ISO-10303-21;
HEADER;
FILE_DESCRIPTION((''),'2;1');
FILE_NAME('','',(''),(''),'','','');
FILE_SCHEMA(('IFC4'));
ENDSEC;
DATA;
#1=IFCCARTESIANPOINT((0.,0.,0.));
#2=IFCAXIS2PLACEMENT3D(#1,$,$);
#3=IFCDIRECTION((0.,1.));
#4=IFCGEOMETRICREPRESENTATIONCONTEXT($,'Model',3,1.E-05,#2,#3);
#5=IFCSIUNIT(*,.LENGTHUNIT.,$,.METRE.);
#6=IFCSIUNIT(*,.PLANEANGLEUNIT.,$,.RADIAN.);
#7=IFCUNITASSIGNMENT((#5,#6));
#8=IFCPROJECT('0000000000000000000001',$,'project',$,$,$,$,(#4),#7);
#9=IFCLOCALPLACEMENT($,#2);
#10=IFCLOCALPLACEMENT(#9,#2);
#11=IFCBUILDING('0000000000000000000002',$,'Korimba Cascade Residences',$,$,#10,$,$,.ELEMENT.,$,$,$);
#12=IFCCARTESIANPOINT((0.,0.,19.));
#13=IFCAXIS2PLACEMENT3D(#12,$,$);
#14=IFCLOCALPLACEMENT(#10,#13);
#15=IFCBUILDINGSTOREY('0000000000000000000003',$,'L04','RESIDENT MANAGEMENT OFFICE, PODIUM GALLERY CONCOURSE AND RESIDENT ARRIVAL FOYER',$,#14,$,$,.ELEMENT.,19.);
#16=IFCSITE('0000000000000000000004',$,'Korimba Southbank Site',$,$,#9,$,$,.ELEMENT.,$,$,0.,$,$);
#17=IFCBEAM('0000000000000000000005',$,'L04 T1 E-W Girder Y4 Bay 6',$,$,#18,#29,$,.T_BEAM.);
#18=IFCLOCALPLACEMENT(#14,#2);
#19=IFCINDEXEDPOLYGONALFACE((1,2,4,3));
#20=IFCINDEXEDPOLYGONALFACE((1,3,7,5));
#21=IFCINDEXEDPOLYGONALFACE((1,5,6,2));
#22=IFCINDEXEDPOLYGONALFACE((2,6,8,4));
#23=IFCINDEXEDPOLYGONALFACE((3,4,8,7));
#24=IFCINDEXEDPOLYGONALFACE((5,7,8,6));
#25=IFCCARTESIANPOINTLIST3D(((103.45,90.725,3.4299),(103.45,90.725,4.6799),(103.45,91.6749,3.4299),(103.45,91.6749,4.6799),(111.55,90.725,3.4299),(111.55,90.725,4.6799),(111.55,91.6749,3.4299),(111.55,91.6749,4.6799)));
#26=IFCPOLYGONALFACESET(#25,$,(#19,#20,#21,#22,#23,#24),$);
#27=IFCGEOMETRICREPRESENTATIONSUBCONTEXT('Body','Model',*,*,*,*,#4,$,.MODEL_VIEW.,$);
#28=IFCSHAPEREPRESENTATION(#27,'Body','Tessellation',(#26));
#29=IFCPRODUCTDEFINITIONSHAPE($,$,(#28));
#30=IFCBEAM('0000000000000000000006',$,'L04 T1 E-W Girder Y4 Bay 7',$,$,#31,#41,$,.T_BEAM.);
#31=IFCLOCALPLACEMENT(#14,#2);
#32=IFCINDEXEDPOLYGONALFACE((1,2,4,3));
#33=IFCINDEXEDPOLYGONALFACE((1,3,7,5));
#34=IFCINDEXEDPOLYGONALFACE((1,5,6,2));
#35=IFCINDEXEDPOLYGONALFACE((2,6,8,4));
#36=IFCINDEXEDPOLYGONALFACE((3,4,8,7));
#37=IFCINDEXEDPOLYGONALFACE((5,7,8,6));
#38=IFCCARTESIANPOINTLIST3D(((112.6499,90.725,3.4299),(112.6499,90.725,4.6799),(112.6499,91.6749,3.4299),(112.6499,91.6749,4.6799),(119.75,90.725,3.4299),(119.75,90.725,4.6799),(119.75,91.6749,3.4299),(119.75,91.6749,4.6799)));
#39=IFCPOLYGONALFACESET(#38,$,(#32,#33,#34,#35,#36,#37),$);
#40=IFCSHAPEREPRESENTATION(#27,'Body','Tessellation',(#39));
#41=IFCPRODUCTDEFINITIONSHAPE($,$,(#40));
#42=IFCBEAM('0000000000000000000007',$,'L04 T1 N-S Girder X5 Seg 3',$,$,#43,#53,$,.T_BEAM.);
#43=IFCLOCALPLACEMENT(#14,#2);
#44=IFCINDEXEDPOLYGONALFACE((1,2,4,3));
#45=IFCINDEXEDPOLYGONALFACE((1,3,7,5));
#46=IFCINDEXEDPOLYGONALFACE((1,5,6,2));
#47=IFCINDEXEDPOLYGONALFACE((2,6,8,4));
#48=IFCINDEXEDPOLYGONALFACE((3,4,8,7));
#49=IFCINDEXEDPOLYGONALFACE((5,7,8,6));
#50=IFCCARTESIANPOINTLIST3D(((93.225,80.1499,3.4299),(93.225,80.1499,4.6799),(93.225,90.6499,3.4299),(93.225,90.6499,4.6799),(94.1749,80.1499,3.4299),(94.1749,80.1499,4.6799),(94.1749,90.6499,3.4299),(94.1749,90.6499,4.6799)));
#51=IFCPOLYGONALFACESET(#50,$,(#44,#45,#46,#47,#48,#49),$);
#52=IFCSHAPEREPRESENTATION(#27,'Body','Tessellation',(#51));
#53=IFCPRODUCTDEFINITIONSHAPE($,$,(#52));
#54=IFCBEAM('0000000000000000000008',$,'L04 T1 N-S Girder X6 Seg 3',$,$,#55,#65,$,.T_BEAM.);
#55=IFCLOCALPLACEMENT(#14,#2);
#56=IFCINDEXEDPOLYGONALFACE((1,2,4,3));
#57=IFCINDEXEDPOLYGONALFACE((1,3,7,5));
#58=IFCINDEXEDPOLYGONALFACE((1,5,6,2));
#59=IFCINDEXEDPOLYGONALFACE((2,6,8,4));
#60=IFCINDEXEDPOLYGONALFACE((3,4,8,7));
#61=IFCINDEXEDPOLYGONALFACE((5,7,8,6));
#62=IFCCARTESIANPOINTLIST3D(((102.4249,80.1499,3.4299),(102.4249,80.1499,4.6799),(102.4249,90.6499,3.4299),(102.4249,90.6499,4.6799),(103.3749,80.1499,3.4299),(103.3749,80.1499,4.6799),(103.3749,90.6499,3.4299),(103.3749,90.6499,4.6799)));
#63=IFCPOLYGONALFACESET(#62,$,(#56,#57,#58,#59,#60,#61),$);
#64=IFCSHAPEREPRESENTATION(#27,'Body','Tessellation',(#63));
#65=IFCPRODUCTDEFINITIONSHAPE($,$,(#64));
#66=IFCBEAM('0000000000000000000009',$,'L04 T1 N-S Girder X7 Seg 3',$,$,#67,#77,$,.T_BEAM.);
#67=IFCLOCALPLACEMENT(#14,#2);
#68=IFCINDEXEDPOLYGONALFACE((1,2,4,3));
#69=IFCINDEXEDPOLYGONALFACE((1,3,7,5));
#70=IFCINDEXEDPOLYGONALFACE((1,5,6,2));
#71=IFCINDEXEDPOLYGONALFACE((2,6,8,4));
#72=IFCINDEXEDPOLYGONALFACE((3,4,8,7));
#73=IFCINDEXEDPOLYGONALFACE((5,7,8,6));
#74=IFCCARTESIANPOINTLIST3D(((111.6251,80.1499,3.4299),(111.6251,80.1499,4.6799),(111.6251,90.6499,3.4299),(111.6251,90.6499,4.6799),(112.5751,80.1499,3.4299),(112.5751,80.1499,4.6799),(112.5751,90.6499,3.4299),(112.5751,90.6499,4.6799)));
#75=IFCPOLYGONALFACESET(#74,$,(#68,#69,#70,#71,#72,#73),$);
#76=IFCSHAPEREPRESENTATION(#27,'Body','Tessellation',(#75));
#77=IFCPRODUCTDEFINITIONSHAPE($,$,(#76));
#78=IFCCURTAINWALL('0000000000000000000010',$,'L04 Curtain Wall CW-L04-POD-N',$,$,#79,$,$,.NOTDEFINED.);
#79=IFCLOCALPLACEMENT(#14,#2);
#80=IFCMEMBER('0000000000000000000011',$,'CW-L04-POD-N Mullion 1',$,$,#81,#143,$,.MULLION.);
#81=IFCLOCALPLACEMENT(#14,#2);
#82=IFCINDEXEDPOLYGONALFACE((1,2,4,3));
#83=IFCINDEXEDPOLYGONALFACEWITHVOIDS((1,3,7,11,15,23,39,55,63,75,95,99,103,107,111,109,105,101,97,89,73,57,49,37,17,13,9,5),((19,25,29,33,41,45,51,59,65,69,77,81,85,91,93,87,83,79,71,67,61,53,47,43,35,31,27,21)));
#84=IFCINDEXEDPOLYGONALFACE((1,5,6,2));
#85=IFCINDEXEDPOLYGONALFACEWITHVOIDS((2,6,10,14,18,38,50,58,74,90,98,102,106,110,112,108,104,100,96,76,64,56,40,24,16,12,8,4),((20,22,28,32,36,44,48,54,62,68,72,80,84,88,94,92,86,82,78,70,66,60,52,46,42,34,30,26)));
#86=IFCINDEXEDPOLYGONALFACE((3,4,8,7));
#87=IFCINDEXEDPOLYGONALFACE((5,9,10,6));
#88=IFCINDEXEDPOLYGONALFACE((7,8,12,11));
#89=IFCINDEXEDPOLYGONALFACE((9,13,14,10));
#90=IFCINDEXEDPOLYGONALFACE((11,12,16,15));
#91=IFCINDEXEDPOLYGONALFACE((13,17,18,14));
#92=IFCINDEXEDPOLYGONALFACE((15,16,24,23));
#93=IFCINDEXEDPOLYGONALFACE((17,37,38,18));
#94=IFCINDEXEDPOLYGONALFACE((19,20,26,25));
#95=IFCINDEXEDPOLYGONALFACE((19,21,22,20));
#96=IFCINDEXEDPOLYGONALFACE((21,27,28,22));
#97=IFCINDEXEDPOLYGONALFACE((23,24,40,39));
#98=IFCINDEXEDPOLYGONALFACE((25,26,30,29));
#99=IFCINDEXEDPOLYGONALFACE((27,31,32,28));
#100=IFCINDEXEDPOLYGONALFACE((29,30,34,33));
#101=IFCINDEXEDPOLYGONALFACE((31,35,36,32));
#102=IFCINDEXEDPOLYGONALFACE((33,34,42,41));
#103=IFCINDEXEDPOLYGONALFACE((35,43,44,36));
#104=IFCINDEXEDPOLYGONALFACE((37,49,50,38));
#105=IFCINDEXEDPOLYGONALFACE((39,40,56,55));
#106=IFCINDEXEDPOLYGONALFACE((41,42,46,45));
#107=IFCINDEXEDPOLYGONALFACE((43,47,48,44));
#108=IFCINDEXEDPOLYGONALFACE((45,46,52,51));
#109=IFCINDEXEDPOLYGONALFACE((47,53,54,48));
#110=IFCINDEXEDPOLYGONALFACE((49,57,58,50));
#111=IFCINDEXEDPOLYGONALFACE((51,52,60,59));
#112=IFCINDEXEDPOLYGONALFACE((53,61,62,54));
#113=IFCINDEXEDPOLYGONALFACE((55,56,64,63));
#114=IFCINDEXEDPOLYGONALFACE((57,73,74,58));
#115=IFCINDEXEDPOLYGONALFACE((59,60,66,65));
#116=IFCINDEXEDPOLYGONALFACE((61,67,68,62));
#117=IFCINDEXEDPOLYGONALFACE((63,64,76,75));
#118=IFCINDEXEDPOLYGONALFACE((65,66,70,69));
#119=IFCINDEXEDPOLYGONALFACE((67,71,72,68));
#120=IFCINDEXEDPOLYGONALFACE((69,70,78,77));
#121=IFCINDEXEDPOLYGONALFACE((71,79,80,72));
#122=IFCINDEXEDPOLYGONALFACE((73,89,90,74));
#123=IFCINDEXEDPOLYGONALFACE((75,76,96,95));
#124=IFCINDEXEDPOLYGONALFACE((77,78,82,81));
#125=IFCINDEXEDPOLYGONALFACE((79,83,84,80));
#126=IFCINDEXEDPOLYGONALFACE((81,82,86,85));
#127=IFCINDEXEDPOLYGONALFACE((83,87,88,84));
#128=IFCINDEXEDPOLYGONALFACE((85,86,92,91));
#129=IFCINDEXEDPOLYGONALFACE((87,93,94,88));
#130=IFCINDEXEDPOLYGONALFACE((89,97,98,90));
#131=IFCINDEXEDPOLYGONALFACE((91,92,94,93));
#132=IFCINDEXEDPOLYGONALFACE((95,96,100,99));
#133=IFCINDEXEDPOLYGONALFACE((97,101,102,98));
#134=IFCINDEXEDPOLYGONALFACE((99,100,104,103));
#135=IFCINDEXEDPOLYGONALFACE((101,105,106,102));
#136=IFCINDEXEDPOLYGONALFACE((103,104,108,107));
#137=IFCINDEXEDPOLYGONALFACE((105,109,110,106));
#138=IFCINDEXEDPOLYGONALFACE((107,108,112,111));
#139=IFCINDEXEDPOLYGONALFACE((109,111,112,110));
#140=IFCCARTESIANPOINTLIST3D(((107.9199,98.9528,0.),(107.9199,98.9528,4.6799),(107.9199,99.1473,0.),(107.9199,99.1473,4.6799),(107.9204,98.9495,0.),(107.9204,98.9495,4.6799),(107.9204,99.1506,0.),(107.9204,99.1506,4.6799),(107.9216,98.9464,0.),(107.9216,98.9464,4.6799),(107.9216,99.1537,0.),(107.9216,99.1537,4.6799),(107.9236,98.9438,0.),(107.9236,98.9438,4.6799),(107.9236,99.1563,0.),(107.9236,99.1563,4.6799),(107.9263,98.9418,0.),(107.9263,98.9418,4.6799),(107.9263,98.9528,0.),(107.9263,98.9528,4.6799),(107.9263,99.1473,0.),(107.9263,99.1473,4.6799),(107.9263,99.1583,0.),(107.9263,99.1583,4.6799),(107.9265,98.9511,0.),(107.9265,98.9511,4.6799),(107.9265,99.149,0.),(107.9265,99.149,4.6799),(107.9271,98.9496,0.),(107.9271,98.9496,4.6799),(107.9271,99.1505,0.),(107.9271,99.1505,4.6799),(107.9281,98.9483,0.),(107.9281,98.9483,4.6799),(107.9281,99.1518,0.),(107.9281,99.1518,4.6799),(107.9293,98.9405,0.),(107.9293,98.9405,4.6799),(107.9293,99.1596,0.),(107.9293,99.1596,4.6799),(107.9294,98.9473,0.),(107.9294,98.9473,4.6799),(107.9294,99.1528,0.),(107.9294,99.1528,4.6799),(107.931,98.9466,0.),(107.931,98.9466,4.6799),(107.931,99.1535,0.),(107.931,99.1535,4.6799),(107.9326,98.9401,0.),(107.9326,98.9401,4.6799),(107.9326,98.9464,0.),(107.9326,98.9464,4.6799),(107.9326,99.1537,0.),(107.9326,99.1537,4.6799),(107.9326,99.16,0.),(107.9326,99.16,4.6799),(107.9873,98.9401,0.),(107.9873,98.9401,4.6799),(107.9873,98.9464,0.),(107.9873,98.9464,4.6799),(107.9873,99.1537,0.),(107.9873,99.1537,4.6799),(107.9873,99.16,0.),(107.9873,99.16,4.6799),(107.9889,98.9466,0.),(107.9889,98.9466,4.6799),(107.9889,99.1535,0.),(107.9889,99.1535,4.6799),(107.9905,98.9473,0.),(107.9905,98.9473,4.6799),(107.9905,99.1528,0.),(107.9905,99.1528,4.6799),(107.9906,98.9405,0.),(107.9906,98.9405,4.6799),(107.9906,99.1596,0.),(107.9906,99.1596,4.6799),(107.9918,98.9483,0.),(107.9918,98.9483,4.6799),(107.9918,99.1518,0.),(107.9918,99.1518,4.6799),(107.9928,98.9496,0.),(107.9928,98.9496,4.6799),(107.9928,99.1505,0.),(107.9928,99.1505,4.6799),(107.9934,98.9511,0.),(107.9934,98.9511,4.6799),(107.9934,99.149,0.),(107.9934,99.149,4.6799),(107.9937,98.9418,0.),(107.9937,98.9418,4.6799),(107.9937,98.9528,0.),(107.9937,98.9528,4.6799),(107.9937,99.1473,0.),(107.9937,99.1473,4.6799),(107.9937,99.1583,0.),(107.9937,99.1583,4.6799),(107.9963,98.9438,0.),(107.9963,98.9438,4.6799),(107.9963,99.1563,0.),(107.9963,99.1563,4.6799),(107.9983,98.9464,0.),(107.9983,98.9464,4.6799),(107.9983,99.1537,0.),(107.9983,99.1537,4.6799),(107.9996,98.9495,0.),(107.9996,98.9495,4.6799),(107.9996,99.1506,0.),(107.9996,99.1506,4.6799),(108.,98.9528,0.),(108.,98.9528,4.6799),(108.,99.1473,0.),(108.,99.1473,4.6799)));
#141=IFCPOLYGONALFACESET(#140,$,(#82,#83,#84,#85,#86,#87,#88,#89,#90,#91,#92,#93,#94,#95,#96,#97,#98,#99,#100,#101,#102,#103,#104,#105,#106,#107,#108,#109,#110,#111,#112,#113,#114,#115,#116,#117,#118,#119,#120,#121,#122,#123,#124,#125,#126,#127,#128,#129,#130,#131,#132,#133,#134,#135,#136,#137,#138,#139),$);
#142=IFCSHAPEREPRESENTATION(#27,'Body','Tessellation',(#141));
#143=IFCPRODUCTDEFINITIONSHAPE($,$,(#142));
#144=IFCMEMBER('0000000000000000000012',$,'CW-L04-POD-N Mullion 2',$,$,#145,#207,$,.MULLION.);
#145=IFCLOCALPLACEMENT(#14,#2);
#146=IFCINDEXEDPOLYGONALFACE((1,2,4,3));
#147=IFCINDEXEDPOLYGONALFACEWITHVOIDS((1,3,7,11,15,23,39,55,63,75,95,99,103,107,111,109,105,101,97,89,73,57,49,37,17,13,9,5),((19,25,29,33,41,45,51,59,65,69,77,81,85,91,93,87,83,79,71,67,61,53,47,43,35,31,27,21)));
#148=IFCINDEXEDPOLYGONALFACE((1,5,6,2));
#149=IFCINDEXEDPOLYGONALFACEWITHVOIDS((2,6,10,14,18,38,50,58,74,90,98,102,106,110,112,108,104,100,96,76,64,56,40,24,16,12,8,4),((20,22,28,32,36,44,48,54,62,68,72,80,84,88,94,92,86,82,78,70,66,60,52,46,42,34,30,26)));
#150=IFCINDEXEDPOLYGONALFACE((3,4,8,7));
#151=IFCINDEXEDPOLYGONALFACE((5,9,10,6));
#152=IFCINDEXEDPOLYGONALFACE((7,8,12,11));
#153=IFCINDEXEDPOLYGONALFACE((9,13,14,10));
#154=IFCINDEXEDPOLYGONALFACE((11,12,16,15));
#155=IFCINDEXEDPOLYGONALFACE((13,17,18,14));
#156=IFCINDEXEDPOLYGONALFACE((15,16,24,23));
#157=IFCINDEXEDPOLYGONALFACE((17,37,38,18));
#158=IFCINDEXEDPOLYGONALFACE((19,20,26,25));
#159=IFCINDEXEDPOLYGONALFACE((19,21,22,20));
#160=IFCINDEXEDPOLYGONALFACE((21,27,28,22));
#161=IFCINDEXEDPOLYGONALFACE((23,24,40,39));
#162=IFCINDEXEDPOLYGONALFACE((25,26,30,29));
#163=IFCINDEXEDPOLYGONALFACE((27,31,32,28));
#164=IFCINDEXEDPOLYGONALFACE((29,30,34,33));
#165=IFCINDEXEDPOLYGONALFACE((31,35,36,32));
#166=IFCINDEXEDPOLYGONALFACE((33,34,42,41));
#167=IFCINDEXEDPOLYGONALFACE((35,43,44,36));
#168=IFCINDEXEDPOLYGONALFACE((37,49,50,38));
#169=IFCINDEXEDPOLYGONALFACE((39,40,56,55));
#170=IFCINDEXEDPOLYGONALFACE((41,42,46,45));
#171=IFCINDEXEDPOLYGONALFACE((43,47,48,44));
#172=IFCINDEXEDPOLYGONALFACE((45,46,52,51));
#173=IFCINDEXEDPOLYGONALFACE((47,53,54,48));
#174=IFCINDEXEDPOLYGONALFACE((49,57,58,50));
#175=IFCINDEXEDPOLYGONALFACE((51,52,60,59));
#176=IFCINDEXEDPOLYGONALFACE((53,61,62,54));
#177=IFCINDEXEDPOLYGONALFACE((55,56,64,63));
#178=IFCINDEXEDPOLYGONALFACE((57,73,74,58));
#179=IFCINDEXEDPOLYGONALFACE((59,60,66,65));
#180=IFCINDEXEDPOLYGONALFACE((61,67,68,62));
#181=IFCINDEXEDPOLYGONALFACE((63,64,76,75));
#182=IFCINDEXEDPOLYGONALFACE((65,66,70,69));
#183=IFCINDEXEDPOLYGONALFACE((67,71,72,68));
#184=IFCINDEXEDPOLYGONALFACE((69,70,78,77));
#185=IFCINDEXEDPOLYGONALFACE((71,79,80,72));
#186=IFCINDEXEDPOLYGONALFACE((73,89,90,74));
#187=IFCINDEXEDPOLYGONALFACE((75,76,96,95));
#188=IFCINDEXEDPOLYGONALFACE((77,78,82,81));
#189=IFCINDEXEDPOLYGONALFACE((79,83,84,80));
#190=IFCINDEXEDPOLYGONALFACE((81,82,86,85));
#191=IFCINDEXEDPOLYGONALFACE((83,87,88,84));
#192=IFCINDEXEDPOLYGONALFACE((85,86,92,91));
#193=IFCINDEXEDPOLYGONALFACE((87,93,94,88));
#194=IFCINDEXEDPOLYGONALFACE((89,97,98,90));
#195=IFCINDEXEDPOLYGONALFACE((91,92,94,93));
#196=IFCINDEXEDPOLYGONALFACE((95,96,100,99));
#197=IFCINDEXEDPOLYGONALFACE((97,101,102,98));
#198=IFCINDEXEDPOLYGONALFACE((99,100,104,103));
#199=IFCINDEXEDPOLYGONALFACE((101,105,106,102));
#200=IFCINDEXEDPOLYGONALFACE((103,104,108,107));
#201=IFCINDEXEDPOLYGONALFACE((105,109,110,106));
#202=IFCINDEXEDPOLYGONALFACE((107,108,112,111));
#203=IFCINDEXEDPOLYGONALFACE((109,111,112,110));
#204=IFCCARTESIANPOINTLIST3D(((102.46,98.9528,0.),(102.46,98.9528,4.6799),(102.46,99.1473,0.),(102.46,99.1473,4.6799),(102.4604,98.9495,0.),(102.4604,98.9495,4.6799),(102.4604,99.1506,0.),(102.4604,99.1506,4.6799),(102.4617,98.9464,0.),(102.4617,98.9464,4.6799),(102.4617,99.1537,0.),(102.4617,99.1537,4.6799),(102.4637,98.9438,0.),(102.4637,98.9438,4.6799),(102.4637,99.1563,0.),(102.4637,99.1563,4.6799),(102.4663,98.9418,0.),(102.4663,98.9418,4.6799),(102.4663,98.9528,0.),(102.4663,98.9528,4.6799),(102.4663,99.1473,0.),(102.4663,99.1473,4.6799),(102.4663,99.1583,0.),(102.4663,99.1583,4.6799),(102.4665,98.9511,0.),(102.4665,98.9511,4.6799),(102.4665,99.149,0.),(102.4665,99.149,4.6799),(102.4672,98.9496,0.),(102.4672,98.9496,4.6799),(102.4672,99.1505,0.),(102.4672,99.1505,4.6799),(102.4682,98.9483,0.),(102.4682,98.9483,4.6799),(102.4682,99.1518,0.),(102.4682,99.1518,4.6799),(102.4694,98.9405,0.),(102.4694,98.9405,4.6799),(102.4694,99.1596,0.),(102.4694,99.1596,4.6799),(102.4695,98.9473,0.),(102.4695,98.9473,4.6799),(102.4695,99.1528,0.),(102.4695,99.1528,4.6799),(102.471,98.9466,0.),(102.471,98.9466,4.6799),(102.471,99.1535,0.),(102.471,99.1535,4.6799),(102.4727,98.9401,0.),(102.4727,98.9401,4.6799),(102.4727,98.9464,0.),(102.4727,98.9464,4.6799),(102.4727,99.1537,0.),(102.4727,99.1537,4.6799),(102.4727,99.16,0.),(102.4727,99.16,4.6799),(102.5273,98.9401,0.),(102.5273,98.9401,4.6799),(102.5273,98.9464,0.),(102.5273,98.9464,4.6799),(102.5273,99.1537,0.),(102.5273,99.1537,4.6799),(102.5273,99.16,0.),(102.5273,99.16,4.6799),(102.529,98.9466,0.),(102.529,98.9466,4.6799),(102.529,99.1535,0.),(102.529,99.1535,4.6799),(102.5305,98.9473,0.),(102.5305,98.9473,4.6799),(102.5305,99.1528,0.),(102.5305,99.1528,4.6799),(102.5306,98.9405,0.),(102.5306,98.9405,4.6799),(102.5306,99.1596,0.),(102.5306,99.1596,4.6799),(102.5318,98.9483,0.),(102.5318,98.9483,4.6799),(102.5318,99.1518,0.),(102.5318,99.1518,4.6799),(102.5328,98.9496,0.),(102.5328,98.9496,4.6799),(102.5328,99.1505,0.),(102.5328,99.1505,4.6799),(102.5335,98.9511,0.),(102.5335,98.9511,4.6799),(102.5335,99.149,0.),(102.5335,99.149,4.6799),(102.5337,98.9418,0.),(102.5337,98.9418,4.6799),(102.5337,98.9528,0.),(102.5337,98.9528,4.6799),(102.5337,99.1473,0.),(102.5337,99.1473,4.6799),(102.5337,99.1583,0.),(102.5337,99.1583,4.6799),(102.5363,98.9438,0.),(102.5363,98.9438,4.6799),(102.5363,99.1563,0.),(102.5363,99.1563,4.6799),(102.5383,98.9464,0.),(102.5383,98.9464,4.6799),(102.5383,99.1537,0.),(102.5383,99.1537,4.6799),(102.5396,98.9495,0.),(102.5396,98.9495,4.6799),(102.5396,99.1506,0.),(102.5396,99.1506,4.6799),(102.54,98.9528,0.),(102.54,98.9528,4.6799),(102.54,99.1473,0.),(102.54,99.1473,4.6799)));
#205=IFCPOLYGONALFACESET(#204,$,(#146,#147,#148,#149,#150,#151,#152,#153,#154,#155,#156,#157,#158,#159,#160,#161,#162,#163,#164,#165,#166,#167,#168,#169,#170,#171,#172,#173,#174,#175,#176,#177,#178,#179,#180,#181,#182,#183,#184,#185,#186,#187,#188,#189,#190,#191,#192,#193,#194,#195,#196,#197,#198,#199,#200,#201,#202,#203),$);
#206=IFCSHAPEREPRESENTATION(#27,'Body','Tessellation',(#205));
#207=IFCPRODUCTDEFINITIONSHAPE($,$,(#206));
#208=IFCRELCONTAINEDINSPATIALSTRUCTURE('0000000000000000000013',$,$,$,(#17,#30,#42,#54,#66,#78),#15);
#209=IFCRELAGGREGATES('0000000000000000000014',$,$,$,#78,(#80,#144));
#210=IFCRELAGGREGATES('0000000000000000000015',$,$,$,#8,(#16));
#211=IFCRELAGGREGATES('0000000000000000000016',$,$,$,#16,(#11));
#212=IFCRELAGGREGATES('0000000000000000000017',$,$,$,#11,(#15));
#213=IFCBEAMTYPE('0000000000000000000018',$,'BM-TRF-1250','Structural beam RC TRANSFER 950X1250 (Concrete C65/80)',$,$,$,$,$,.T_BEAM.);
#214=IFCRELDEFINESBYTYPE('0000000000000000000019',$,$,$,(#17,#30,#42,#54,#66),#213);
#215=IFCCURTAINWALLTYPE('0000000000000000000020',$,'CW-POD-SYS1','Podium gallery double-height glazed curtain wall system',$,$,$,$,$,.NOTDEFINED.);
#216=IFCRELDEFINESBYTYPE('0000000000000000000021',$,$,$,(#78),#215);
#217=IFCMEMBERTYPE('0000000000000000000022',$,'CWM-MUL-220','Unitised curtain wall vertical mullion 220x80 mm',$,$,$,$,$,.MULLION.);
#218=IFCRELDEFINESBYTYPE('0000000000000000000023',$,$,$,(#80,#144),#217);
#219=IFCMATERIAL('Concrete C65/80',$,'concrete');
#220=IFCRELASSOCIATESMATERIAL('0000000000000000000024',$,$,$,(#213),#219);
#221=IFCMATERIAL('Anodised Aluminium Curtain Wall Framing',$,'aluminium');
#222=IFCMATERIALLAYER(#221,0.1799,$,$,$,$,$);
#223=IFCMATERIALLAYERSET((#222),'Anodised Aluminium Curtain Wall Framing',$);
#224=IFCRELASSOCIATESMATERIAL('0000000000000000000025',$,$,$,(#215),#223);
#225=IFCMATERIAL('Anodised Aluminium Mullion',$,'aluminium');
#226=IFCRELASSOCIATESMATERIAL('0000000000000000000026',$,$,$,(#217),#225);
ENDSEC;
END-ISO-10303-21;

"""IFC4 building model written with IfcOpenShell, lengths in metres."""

from ifc_helpers import new_model, si_unit, direction, frame, origin, origin_2d, place, context, subcontext, project, spatial, rectangle, hollow_rectangle, extrude, material, layer, layer_set, material_profile, profile_set, type_object, element, aggregate, save


model = new_model("IFC4")

# Units and contexts
model_context = context("Model", 3, precision=1e-05, world=origin(), true_north=direction((0.0, 1.0)))
body_context = subcontext(model_context, "Body", "Model", "MODEL_VIEW")
ifc_project = project(units=[si_unit("LENGTHUNIT", "METRE"), si_unit("PLANEANGLEUNIT", "RADIAN")], contexts=[model_context])

# Site, building, storey
site_placement = place(None, origin())
site = spatial("IfcSite", under=ifc_project, at=site_placement, Name="Korimba Southbank Site", CompositionType="ELEMENT", RefElevation=0.0)
building_placement = place(site_placement, origin())
building = spatial("IfcBuilding", under=site, at=building_placement, Name="Korimba Cascade Residences", CompositionType="ELEMENT")
storey_placement = place(building_placement, frame((0.0, 0.0, 19.0)))
storey = spatial("IfcBuildingStorey", under=building, at=storey_placement, Name="L04", Description="RESIDENT MANAGEMENT OFFICE, PODIUM GALLERY CONCOURSE AND RESIDENT ARRIVAL FOYER", CompositionType="ELEMENT", Elevation=19.0)

# Beams
ifc_material_1 = material(Name="Concrete C65/80", Category="concrete")
ifc_material_profile_1 = material_profile(ifc_material_1, rectangle(XDim=0.95, YDim=1.25, at=origin_2d()), Name="Concrete C65/80")
ifc_profile_set_1 = profile_set([ifc_material_profile_1], Name="Concrete C65/80")
beam_type_1 = type_object("IfcBeamType", Name="BM-TRF-1250", Description="Structural beam RC TRANSFER 950X1250 (Concrete C65/80)", PredefinedType="T_BEAM", material=ifc_profile_set_1)
for number, where, z_axis, x_axis, name in (
    (1, (103.45, 91.2, 4.0549), (1.0, 0.0, 0.0), (0.0, 1.0, 0.0), "L04 T1 E-W Girder Y4 Bay 6"),
):
    element("IfcBeam", number, at=place(storey_placement, frame(where, z_axis=z_axis, x_axis=x_axis)), inside=storey, type_object=beam_type_1, Name=name, PredefinedType="T_BEAM", context=body_context, shape_type="SweptSolid", body=[
        extrude(rectangle(XDim=0.95, YDim=1.25, at=origin_2d()), origin(), (0.0, 0.0, 1.0), 8.1001),
    ])
beam_1_placement = place(storey_placement, frame((112.6499, 91.2, 4.0549), z_axis=(1.0, 0.0, 0.0), x_axis=(0.0, 1.0, 0.0)))
element("IfcBeam", 2, at=beam_1_placement, inside=storey, type_object=beam_type_1, Name="L04 T1 E-W Girder Y4 Bay 7", PredefinedType="T_BEAM", context=body_context, shape_type="SweptSolid", body=[
    extrude(rectangle(XDim=0.95, YDim=1.25, at=origin_2d()), origin(), (0.0, 0.0, 1.0), 7.1001),
])
for number, where, z_axis, x_axis, name in (
    (3, (93.7, 80.1499, 4.0549), (0.0, 1.0, 0.0), (-1.0, 0.0, 0.0), "L04 T1 N-S Girder X5 Seg 3"),
    (4, (102.8999, 80.1499, 4.0549), (0.0, 1.0, 0.0), (-1.0, 0.0, 0.0), "L04 T1 N-S Girder X6 Seg 3"),
    (5, (112.1001, 80.1499, 4.0549), (0.0, 1.0, 0.0), (-1.0, 0.0, 0.0), "L04 T1 N-S Girder X7 Seg 3"),
):
    element("IfcBeam", number, at=place(storey_placement, frame(where, z_axis=z_axis, x_axis=x_axis)), inside=storey, type_object=beam_type_1, Name=name, PredefinedType="T_BEAM", context=body_context, shape_type="SweptSolid", body=[
        extrude(rectangle(XDim=0.95, YDim=1.25, at=origin_2d()), origin(), (0.0, 0.0, 1.0), 10.5),
    ])

# Curtain wall, members
ifc_material_2 = material(Name="Anodised Aluminium Curtain Wall Framing", Category="aluminium")
ifc_layer_1 = layer(ifc_material_2, 0.1799)
ifc_layer_set_1 = layer_set([ifc_layer_1], Name="Anodised Aluminium Curtain Wall Framing")
curtain_wall_type = type_object("IfcCurtainWallType", Name="CW-POD-SYS1", Description="Podium gallery double-height glazed curtain wall system", PredefinedType="NOTDEFINED", material=ifc_layer_set_1)
curtain_wall_placement = place(storey_placement, origin())
curtain_wall = element("IfcCurtainWall", 6, at=curtain_wall_placement, inside=storey, type_object=curtain_wall_type, Name="L04 Curtain Wall CW-L04-POD-N", PredefinedType="NOTDEFINED")
ifc_material_3 = material(Name="Anodised Aluminium Mullion", Category="aluminium")
ifc_material_profile_2 = material_profile(ifc_material_3, hollow_rectangle(XDim=0.0801, YDim=0.22, WallThickness=0.0063, InnerFilletRadius=0.0063, OuterFilletRadius=0.0127, at=origin_2d()), Name="Anodised Aluminium Mullion")
ifc_profile_set_2 = profile_set([ifc_material_profile_2], Name="Anodised Aluminium Mullion")
member_type_1 = type_object("IfcMemberType", Name="CWM-MUL-220", Description="Unitised curtain wall vertical mullion 220x80 mm", PredefinedType="MULLION", material=ifc_profile_set_2)
member_1_placement = place(storey_placement, frame((107.96, 99.05, 0.0), z_axis=(0.0, 0.0, 1.0), x_axis=(-1.0, 0.0, 0.0)))
member_1 = element("IfcMember", 7, at=member_1_placement, type_object=member_type_1, Name="CW-L04-POD-N Mullion 1", PredefinedType="MULLION", context=body_context, shape_type="SweptSolid", body=[
    extrude(hollow_rectangle(XDim=0.0801, YDim=0.22, WallThickness=0.0063, InnerFilletRadius=0.0063, OuterFilletRadius=0.0127, at=origin_2d()), origin(), (0.0, 0.0, 1.0), 4.6799),
])
member_2_placement = place(storey_placement, frame((102.5, 99.05, 0.0), z_axis=(0.0, 0.0, 1.0), x_axis=(-1.0, 0.0, 0.0)))
member_2 = element("IfcMember", 8, at=member_2_placement, type_object=member_type_1, Name="CW-L04-POD-N Mullion 2", PredefinedType="MULLION", context=body_context, shape_type="SweptSolid", body=[
    extrude(hollow_rectangle(XDim=0.0801, YDim=0.22, WallThickness=0.0063, InnerFilletRadius=0.0063, OuterFilletRadius=0.0127, at=origin_2d()), origin(), (0.0, 0.0, 1.0), 4.6799),
])

aggregate(curtain_wall, [member_1, member_2])

save(model, "model.ifc")
